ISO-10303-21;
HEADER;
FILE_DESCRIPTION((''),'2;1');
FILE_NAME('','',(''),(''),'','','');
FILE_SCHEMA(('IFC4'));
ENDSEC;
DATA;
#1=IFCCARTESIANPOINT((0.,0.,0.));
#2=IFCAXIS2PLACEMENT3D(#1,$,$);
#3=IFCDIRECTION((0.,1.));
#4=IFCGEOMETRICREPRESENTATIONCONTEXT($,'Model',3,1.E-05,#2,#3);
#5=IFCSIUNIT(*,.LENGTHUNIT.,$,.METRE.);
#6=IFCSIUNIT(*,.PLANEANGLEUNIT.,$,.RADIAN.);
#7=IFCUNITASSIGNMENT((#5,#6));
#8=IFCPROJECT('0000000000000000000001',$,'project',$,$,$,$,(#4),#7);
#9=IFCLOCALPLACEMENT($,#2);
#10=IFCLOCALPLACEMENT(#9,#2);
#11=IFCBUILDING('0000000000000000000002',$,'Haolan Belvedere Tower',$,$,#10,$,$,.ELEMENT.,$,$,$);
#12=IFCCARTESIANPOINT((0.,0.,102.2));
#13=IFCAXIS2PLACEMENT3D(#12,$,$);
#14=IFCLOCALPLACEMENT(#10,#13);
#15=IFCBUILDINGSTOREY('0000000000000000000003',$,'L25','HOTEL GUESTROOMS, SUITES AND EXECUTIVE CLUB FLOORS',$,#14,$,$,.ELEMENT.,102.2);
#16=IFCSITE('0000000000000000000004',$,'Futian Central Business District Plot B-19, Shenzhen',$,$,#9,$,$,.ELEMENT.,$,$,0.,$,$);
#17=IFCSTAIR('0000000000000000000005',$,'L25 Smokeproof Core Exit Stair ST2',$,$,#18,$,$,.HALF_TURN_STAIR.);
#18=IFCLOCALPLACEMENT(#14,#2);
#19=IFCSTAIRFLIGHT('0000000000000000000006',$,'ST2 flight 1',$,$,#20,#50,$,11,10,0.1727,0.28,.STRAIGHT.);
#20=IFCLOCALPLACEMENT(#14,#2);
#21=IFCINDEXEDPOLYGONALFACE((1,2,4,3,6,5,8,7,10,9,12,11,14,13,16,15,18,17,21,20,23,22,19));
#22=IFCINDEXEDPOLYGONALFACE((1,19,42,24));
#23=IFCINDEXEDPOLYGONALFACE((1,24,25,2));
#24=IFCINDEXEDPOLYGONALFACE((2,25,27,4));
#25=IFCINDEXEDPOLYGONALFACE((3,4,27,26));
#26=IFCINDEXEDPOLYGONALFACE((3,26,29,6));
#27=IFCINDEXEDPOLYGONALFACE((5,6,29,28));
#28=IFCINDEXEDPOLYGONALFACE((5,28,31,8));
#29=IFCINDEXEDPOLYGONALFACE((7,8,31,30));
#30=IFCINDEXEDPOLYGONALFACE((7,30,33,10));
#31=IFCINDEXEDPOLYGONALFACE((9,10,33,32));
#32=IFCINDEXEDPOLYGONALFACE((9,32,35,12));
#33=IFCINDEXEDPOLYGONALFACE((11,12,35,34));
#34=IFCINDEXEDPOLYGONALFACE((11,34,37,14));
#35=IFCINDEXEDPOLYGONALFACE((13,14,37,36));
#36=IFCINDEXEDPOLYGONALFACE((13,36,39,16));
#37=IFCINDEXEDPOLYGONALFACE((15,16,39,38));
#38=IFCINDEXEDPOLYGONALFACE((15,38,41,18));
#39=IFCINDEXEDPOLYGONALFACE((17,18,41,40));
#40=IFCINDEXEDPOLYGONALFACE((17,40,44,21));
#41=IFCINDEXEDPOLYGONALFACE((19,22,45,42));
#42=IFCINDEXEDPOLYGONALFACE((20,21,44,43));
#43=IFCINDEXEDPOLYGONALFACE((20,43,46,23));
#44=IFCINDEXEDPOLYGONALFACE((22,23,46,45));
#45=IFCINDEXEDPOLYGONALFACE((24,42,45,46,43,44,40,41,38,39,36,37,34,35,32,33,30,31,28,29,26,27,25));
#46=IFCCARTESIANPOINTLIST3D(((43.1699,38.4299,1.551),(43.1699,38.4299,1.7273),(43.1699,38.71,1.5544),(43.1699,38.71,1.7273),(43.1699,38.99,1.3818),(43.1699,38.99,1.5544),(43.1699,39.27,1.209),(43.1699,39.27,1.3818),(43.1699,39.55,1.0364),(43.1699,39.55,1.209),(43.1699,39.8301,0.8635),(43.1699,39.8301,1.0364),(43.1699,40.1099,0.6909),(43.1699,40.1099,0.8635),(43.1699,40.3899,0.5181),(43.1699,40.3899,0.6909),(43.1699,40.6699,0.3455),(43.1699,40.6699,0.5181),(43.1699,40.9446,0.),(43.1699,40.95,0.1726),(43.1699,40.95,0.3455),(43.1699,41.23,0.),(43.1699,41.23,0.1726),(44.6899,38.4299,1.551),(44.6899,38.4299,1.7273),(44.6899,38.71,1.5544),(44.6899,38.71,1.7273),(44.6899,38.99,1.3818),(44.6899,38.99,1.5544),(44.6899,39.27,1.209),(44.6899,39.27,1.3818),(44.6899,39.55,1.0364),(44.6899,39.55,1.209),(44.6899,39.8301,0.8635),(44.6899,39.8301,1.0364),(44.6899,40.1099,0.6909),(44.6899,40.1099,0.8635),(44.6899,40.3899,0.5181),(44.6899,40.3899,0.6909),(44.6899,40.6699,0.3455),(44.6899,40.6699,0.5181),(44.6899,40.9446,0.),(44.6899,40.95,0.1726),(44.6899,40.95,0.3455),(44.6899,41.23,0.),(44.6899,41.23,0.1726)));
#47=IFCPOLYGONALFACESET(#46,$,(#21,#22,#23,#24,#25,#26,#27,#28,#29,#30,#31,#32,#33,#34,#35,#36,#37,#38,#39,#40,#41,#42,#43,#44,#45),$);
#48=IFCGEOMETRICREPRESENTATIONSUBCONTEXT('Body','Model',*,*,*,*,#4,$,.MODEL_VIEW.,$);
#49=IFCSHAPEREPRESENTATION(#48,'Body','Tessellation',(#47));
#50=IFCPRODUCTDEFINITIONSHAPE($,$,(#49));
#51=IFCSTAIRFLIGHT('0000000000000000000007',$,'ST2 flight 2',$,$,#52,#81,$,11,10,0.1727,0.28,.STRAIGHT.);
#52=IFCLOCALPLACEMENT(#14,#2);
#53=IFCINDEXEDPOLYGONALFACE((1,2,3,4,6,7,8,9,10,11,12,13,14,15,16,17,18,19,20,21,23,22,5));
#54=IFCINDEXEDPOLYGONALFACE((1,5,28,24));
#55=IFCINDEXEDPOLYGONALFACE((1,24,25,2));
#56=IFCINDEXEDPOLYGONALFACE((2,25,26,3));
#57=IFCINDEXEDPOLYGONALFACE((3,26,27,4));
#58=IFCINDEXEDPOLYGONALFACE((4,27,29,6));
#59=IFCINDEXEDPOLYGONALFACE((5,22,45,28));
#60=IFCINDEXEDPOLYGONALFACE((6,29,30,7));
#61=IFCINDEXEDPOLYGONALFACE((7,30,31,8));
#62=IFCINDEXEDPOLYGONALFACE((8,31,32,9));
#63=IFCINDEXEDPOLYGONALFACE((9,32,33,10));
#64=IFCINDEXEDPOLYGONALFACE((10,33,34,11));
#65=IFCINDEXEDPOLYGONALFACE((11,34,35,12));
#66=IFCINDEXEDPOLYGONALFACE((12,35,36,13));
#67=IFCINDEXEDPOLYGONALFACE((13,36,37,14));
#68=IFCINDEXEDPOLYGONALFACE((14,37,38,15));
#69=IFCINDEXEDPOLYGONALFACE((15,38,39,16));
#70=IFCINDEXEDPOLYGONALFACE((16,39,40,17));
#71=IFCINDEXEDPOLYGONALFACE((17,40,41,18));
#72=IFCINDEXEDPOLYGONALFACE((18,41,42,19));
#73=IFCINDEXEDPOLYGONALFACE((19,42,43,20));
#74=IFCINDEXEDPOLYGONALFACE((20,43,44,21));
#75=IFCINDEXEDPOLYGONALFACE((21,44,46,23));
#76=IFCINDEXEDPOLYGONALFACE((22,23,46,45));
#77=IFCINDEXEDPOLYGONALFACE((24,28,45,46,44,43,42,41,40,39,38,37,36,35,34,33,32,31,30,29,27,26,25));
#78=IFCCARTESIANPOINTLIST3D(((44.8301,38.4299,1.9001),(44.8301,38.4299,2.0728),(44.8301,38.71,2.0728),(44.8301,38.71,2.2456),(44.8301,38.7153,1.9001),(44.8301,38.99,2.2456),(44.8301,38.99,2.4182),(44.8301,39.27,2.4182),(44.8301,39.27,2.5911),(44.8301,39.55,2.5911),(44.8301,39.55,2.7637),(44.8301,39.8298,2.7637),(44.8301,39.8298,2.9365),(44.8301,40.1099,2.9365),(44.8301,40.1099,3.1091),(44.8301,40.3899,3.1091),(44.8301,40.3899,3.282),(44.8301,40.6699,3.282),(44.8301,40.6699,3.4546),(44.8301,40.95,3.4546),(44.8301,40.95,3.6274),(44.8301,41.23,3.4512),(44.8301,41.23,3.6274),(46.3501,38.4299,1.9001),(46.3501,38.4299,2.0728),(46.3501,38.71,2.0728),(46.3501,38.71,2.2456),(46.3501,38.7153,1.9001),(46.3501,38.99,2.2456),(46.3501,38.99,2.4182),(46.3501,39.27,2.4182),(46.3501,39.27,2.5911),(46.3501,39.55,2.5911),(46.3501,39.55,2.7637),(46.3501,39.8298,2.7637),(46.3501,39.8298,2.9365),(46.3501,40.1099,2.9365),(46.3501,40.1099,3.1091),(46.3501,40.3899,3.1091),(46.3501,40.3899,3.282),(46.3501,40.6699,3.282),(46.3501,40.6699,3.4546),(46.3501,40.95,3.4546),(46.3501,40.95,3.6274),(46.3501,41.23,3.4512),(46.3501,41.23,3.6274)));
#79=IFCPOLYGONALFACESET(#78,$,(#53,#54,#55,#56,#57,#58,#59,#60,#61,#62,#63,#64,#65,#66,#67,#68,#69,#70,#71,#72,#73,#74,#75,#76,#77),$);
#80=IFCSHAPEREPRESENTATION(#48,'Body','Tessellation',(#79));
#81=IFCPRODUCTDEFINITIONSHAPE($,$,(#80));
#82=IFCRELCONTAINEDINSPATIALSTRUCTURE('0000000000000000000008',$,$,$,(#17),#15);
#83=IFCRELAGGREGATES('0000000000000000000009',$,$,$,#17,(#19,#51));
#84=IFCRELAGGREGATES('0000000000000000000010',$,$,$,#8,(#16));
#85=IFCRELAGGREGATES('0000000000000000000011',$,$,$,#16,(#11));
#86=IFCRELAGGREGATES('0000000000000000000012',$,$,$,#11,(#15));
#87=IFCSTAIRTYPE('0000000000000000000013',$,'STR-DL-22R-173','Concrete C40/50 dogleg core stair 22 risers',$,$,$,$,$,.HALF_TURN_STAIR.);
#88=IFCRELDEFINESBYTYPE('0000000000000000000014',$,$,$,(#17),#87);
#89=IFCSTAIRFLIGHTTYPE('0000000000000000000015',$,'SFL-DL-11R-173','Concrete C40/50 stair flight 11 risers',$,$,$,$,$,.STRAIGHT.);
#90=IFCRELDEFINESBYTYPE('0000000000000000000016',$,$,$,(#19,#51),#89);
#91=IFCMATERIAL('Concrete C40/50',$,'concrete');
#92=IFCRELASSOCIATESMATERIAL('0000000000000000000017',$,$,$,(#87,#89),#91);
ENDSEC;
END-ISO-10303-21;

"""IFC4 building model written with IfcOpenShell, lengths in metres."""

from ifc_helpers import new_model, si_unit, direction, frame, origin, place, context, subcontext, project, spatial, polyline, outline, extrude, material, type_object, element, aggregate, save


model = new_model("IFC4")

# Units and contexts
model_context = context("Model", 3, precision=1e-05, world=origin(), true_north=direction((0.0, 1.0)))
body_context = subcontext(model_context, "Body", "Model", "MODEL_VIEW")
ifc_project = project(units=[si_unit("LENGTHUNIT", "METRE"), si_unit("PLANEANGLEUNIT", "RADIAN")], contexts=[model_context])

# Site, building, storey
site_placement = place(None, origin())
site = spatial("IfcSite", under=ifc_project, at=site_placement, Name="Futian Central Business District Plot B-19, Shenzhen", CompositionType="ELEMENT", RefElevation=0.0)
building_placement = place(site_placement, origin())
building = spatial("IfcBuilding", under=site, at=building_placement, Name="Haolan Belvedere Tower", CompositionType="ELEMENT")
storey_placement = place(building_placement, frame((0.0, 0.0, 102.2)))
storey = spatial("IfcBuildingStorey", under=building, at=storey_placement, Name="L25", Description="HOTEL GUESTROOMS, SUITES AND EXECUTIVE CLUB FLOORS", CompositionType="ELEMENT", Elevation=102.2)

# Stair, stair flights
ifc_material_1 = material(Name="Concrete C40/50", Category="concrete")
stair_type = type_object("IfcStairType", Name="STR-DL-22R-173", Description="Concrete C40/50 dogleg core stair 22 risers", PredefinedType="HALF_TURN_STAIR", material=ifc_material_1)
stair_flight_type = type_object("IfcStairFlightType", Name="SFL-DL-11R-173", Description="Concrete C40/50 stair flight 11 risers", PredefinedType="STRAIGHT", material=ifc_material_1)
stair_1_placement = place(storey_placement, origin())
stair_1 = element("IfcStair", 1, at=stair_1_placement, inside=storey, type_object=stair_type, Name="L25 Smokeproof Core Exit Stair ST2", PredefinedType="HALF_TURN_STAIR")
stair_flight_1_placement = place(storey_placement, frame((43.9299, 41.23, 0.0), z_axis=(0.0, 0.0, 1.0), x_axis=(0.0, -1.0, 0.0)))
stair_flight_1 = element("IfcStairFlight", 2, at=stair_flight_1_placement, type_object=stair_flight_type, Name="ST2 flight 1", NumberOfRisers=11, NumberOfTreads=10, PredefinedType="STRAIGHT", RiserHeight=0.1727, TreadLength=0.28, context=body_context, shape_type="SweptSolid", body=[
    extrude(outline(polyline([(0.0, 0.0), (0.0, 0.1726), (0.28, 0.1726), (0.28, 0.3455), (0.5601, 0.3455), (0.5601, 0.5181), (0.8401, 0.5181), (0.8401, 0.6909), (1.1201, 0.6909), (1.1201, 0.8635), (1.3999, 0.8635), (1.3999, 1.0364), (1.6799, 1.0364), (1.6799, 1.209), (1.96, 1.209), (1.96, 1.3818), (2.24, 1.3818), (2.24, 1.5544), (2.52, 1.5544), (2.52, 1.7273), (2.8, 1.7273), (2.8, 1.8999), (2.8, 1.551), (0.2854, 0.0), (0.0, 0.0)])), frame((0.0, 0.76, 0.0), z_axis=(0.0, -1.0, 0.0), x_axis=(1.0, 0.0, 0.0)), (0.0, 0.0, 1.0), 1.52),
])
stair_flight_2_placement = place(storey_placement, frame((45.5901, 38.4299, 1.9001), z_axis=(0.0, 0.0, 1.0), x_axis=(0.0, 1.0, 0.0)))
stair_flight_2 = element("IfcStairFlight", 3, at=stair_flight_2_placement, type_object=stair_flight_type, Name="ST2 flight 2", NumberOfRisers=11, NumberOfTreads=10, PredefinedType="STRAIGHT", RiserHeight=0.1727, TreadLength=0.28, context=body_context, shape_type="SweptSolid", body=[
    extrude(outline(polyline([(0.0, 0.0), (0.0, 0.1726), (0.28, 0.1726), (0.28, 0.3455), (0.5601, 0.3455), (0.5601, 0.5181), (0.8401, 0.5181), (0.8401, 0.6909), (1.1201, 0.6909), (1.1201, 0.8635), (1.3999, 0.8635), (1.3999, 1.0364), (1.6799, 1.0364), (1.6799, 1.209), (1.96, 1.209), (1.96, 1.3818), (2.24, 1.3818), (2.24, 1.5544), (2.52, 1.5544), (2.52, 1.7273), (2.8, 1.7273), (2.8, 1.8999), (2.8, 1.551), (0.2854, 0.0), (0.0, 0.0)])), frame((0.0, 0.76, 0.0), z_axis=(0.0, -1.0, 0.0), x_axis=(1.0, 0.0, 0.0)), (0.0, 0.0, 1.0), 1.52),
])
aggregate(stair_1, [stair_flight_1, stair_flight_2])

save(model, "model.ifc")
